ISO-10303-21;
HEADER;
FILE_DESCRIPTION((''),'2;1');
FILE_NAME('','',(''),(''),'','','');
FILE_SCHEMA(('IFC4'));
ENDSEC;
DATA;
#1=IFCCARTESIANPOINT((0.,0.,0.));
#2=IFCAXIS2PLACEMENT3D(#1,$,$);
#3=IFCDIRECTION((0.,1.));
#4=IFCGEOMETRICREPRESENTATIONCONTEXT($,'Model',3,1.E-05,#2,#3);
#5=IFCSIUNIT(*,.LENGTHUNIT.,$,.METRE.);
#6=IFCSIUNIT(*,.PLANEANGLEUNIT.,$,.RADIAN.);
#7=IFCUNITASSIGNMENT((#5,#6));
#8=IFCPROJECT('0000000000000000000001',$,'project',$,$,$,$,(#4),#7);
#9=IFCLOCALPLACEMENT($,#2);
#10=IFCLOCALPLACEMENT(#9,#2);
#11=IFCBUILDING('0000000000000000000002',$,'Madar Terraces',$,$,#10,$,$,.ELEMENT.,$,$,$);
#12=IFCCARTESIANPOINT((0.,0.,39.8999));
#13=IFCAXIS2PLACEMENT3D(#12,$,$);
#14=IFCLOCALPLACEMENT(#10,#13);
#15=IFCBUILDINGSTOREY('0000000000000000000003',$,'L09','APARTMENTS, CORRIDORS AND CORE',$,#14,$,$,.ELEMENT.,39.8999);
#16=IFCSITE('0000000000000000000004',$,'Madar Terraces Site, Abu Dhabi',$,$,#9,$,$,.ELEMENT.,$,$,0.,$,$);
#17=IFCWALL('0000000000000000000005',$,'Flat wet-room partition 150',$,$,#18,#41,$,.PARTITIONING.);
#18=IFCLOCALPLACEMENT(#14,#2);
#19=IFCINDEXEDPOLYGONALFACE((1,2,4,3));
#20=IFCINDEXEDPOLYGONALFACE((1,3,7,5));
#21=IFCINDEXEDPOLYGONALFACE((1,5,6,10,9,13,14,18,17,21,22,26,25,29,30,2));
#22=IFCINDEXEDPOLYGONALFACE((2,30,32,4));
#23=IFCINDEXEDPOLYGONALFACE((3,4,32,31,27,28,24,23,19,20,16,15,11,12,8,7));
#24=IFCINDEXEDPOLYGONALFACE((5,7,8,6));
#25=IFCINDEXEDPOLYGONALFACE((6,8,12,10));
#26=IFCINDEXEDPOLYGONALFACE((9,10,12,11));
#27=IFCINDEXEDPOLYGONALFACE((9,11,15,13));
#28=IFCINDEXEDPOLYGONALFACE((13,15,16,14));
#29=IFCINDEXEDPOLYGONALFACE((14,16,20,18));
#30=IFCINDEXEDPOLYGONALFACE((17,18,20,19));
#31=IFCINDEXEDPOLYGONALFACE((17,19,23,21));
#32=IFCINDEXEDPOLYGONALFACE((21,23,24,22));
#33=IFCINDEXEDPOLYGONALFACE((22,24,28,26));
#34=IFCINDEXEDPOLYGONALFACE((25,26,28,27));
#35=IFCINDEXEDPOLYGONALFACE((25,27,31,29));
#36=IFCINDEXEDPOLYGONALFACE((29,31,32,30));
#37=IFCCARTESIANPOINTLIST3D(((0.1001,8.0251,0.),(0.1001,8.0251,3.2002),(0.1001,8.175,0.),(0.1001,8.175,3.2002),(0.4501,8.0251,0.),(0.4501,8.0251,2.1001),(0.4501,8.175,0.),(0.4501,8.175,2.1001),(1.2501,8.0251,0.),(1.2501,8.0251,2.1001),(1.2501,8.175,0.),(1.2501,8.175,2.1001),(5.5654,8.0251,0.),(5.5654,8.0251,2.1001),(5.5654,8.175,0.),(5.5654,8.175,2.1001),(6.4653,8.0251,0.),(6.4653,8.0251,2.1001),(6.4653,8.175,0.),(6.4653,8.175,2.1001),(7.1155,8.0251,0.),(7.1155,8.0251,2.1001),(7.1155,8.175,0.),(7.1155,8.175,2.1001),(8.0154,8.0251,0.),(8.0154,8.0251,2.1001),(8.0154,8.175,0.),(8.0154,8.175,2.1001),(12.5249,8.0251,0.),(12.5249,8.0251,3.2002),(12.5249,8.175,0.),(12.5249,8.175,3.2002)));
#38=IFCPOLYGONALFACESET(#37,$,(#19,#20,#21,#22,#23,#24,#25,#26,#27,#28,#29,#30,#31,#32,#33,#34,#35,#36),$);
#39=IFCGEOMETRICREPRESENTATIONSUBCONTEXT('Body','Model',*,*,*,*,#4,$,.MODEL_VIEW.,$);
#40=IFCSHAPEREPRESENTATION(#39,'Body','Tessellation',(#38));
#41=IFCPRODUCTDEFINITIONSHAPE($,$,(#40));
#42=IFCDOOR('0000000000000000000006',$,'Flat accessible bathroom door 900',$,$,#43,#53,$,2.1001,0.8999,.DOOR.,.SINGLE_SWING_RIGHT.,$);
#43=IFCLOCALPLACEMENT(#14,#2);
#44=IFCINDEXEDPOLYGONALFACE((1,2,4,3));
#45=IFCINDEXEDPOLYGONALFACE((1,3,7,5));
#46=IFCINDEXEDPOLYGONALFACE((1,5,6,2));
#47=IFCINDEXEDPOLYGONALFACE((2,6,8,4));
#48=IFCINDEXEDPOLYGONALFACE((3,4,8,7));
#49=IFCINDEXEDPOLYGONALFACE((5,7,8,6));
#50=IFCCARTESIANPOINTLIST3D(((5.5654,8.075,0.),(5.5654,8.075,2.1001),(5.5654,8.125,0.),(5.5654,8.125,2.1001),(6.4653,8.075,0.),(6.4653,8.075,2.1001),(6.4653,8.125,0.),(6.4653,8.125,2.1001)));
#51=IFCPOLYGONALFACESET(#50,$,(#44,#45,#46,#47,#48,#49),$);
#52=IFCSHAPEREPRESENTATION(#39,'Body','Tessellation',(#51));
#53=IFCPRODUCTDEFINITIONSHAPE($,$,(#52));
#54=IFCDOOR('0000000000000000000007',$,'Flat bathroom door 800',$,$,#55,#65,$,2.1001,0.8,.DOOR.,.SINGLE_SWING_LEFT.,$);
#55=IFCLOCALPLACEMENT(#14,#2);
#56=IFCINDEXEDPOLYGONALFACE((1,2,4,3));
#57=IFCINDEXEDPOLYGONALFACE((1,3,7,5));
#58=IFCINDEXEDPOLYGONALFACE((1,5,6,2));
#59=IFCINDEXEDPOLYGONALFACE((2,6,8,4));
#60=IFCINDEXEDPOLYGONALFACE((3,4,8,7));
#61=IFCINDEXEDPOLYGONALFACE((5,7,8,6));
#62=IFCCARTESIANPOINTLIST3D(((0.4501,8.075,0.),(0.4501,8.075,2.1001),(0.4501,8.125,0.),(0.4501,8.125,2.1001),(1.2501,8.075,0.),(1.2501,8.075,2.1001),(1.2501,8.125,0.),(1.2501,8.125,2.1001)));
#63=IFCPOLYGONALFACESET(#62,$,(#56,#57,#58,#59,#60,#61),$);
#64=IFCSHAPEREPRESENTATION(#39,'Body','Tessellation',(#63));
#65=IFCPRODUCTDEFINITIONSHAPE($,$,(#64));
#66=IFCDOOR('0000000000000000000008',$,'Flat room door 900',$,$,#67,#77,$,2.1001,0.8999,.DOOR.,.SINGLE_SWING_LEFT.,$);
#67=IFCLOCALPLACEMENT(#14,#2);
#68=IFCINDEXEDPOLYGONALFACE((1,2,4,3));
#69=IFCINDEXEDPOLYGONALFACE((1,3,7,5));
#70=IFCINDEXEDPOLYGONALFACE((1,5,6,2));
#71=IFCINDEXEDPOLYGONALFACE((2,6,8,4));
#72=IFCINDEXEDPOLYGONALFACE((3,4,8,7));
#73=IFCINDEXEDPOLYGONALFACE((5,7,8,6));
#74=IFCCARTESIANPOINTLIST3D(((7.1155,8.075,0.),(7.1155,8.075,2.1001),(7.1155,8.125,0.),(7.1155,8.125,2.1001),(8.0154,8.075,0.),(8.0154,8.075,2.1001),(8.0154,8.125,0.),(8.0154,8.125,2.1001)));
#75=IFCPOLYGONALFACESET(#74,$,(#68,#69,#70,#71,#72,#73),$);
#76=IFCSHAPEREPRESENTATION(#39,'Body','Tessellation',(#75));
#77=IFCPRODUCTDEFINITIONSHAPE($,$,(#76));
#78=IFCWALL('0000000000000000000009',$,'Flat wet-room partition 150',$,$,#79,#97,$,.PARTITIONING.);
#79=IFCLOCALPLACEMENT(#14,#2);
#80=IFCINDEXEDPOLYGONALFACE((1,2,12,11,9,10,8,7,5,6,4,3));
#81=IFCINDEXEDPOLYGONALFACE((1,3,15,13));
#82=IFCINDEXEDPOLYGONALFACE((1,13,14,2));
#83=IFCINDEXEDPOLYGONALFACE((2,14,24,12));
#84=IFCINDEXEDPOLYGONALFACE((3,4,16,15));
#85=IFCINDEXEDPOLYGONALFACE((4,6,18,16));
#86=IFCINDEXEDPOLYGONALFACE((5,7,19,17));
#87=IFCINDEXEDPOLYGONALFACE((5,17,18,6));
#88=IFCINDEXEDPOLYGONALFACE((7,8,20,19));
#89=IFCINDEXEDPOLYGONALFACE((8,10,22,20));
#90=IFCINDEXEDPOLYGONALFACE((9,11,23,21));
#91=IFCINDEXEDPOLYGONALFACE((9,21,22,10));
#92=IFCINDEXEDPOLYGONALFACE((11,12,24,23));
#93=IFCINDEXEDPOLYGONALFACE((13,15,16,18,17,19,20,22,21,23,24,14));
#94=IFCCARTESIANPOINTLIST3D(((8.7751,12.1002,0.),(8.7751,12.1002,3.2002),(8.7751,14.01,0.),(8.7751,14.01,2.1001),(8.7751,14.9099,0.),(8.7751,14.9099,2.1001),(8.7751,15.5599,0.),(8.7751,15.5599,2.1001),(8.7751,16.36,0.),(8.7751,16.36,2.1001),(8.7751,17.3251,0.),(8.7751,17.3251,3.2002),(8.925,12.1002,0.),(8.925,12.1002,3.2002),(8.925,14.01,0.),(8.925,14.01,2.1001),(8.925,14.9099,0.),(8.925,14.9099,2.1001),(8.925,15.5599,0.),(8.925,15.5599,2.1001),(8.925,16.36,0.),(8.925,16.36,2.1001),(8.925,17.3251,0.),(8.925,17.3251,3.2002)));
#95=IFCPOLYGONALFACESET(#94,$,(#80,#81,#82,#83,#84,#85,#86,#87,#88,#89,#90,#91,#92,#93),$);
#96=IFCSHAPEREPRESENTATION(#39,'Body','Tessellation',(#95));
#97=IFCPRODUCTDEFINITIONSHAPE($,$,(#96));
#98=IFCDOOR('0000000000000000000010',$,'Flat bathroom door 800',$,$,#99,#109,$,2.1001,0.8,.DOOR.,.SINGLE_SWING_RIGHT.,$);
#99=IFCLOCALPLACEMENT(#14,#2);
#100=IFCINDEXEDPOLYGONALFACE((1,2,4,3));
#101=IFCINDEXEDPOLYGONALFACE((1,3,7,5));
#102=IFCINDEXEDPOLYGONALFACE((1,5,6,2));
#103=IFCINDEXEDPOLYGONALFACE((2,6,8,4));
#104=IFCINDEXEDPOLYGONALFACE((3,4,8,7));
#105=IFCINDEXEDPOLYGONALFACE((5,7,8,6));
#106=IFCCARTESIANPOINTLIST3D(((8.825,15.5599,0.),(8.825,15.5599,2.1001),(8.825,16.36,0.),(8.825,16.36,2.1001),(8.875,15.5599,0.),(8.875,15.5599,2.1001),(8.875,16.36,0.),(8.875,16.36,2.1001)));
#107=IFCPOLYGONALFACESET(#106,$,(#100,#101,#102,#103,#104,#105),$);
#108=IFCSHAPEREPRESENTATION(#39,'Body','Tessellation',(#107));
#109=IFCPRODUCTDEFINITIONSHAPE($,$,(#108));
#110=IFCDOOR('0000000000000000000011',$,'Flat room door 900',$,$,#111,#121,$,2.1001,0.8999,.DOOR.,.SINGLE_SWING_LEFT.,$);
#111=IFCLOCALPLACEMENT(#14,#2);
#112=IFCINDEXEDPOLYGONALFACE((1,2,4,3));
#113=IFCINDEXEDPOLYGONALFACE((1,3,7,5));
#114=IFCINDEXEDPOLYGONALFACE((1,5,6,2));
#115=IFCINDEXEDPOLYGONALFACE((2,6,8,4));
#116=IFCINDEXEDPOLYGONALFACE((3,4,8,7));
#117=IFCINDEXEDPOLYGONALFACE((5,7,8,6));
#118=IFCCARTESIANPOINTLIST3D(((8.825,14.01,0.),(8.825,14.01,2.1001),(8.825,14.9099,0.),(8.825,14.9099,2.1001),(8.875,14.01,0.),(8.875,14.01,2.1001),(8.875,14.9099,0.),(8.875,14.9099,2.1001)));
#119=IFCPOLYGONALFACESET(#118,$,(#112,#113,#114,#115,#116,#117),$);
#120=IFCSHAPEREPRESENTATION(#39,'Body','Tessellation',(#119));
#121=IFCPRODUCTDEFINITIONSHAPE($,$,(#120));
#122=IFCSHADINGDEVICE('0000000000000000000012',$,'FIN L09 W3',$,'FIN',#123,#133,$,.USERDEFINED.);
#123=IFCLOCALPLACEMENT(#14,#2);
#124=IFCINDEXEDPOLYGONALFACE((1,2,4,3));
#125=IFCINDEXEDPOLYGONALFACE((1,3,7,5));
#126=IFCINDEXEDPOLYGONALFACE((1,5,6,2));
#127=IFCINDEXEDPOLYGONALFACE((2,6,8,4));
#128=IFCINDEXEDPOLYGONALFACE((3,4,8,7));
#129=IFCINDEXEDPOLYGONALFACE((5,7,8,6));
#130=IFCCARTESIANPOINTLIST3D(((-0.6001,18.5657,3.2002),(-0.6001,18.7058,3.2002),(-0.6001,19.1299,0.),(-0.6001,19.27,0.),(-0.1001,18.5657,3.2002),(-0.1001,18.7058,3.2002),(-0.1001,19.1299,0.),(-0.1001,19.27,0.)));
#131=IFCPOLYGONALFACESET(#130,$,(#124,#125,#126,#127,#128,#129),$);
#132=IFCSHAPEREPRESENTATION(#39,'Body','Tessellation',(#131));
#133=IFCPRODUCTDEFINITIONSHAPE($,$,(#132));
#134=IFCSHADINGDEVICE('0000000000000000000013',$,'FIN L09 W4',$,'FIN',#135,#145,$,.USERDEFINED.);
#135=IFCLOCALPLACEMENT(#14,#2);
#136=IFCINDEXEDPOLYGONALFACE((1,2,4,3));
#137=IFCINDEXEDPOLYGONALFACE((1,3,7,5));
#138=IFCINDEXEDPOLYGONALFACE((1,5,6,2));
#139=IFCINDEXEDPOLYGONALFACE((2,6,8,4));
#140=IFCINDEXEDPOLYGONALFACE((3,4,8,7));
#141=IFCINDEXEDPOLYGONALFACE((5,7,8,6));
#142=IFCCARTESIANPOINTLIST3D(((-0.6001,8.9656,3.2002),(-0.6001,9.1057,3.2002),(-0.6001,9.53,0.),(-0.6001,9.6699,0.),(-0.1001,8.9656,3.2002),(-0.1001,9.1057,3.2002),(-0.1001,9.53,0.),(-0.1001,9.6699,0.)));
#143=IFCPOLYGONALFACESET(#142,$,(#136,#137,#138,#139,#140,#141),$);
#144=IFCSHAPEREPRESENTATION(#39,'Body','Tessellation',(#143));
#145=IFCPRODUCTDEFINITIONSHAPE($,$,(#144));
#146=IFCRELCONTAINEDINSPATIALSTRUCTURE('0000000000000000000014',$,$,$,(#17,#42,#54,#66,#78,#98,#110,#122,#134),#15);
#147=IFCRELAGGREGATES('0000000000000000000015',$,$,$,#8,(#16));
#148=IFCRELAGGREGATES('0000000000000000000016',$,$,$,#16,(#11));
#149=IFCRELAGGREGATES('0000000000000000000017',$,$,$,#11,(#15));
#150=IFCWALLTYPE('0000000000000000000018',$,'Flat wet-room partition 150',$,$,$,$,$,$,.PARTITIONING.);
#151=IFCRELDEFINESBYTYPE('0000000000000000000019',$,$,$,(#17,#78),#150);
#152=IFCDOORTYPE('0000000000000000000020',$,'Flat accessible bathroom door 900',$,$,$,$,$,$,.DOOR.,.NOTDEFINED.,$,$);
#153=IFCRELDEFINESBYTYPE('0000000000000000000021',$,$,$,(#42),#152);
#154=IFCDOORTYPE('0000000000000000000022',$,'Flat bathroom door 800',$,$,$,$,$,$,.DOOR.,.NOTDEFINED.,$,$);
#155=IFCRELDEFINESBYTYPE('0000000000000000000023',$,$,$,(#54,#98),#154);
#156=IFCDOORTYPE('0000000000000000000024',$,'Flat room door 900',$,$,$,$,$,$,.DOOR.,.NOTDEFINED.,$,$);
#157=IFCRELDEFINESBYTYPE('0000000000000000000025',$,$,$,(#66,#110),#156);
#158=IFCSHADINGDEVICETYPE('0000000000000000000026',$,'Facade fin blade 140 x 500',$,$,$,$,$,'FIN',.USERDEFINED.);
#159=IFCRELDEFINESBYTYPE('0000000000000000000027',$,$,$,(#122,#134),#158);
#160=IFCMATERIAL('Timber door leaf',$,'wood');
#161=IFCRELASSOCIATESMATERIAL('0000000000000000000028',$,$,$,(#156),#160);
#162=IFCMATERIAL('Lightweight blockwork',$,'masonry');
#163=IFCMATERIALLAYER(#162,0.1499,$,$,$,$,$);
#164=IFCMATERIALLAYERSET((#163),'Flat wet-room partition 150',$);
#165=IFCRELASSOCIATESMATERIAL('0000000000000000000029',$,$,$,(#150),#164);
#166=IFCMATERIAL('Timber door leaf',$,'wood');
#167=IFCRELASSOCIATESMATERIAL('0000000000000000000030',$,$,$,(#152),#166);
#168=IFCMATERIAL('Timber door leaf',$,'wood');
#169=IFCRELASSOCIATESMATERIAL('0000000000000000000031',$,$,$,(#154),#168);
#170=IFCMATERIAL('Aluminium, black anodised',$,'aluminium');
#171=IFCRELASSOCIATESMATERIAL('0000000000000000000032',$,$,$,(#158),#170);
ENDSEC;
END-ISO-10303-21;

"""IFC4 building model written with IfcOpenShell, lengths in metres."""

from ifc_helpers import new_model, si_unit, direction, frame, frame_2d, origin, place, context, subcontext, project, spatial, polyline, rectangle, outline, extrude, material, layer, layer_set, type_object, element, fill, save


model = new_model("IFC4")

# Units and contexts
model_context = context("Model", 3, precision=1e-05, world=origin(), true_north=direction((0.0, 1.0)))
body_context = subcontext(model_context, "Body", "Model", "MODEL_VIEW")
ifc_project = project(units=[si_unit("LENGTHUNIT", "METRE"), si_unit("PLANEANGLEUNIT", "RADIAN")], contexts=[model_context])

# Site, building, storey
site_placement = place(None, origin())
site = spatial("IfcSite", under=ifc_project, at=site_placement, Name="Madar Terraces Site, Abu Dhabi", CompositionType="ELEMENT", RefElevation=0.0)
building_placement = place(site_placement, origin())
building = spatial("IfcBuilding", under=site, at=building_placement, Name="Madar Terraces", CompositionType="ELEMENT")
storey_placement = place(building_placement, frame((0.0, 0.0, 39.8999)))
storey = spatial("IfcBuildingStorey", under=building, at=storey_placement, Name="L09", Description="APARTMENTS, CORRIDORS AND CORE", CompositionType="ELEMENT", Elevation=39.8999)

# Shared definitions
ifc_material_1 = material(Name="Timber door leaf", Category="wood")
door_type_1 = type_object("IfcDoorType", Name="Flat room door 900", OperationType="NOTDEFINED", PredefinedType="DOOR", material=ifc_material_1)

# Shared definitions
ifc_material_2 = material(Name="Lightweight blockwork", Category="masonry")
ifc_layer_1 = layer(ifc_material_2, 0.1499)
ifc_layer_set_1 = layer_set([ifc_layer_1], Name="Flat wet-room partition 150")
wall_type_1 = type_object("IfcWallType", Name="Flat wet-room partition 150", PredefinedType="PARTITIONING", material=ifc_layer_set_1)

# Walls, openings, doors
wall_1_placement = place(storey_placement, frame((0.1001, 8.1001, 0.0), z_axis=(0.0, 0.0, 1.0), x_axis=(1.0, 0.0, 0.0)))
wall_1 = element("IfcWall", 1, at=wall_1_placement, inside=storey, type_object=wall_type_1, Name="Flat wet-room partition 150", PredefinedType="PARTITIONING", context=body_context, shape_type="SweptSolid", body=[
    extrude(rectangle(XDim=12.4248, YDim=0.1499, at=frame_2d((6.2124, 0.0))), origin(), (0.0, 0.0, 1.0), 3.2002),
])
opening_1_placement = place(wall_1_placement, frame((7.0154, 0.0, 0.0)))
opening_1 = element("IfcOpeningElement", 2, at=opening_1_placement, cuts=wall_1, PredefinedType="OPENING", context=body_context, shape_type="SweptSolid", body=[
    extrude(rectangle(XDim=0.8999, YDim=2.1001, at=frame_2d((0.45, 1.05))), frame((0.0, 0.085, 0.0), z_axis=(0.0, -1.0, 0.0), x_axis=(1.0, 0.0, 0.0)), (0.0, 0.0, 1.0), 0.1699),
])
opening_2_placement = place(wall_1_placement, frame((5.4653, 0.0, 0.0)))
opening_2 = element("IfcOpeningElement", 3, at=opening_2_placement, cuts=wall_1, PredefinedType="OPENING", context=body_context, shape_type="SweptSolid", body=[
    extrude(rectangle(XDim=0.8999, YDim=2.1001, at=frame_2d((0.45, 1.05))), frame((0.0, 0.085, 0.0), z_axis=(0.0, -1.0, 0.0), x_axis=(1.0, 0.0, 0.0)), (0.0, 0.0, 1.0), 0.1699),
])
opening_3_placement = place(wall_1_placement, frame((0.3501, 0.0, 0.0)))
opening_3 = element("IfcOpeningElement", 4, at=opening_3_placement, cuts=wall_1, PredefinedType="OPENING", context=body_context, shape_type="SweptSolid", body=[
    extrude(rectangle(XDim=0.8, YDim=2.1001, at=frame_2d((0.3999, 1.05))), frame((0.0, 0.085, 0.0), z_axis=(0.0, -1.0, 0.0), x_axis=(1.0, 0.0, 0.0)), (0.0, 0.0, 1.0), 0.1699),
])
ifc_material_3 = material(Name="Timber door leaf", Category="wood")
door_type_2 = type_object("IfcDoorType", Name="Flat accessible bathroom door 900", OperationType="NOTDEFINED", PredefinedType="DOOR", material=ifc_material_3)
door_1_placement = place(opening_2_placement, origin())
door_1 = element("IfcDoor", 5, at=door_1_placement, inside=storey, type_object=door_type_2, Name="Flat accessible bathroom door 900", OperationType="SINGLE_SWING_RIGHT", OverallHeight=2.1001, OverallWidth=0.8999, PredefinedType="DOOR", context=body_context, shape_type="SweptSolid", body=[
    extrude(rectangle(XDim=0.8999, YDim=2.1001, at=frame_2d((0.45, 1.05))), frame((0.0, 0.0249, 0.0), z_axis=(0.0, -1.0, 0.0), x_axis=(1.0, 0.0, 0.0)), (0.0, 0.0, 1.0), 0.05),
])
fill(opening_2, door_1)
ifc_material_4 = material(Name="Timber door leaf", Category="wood")
door_type_3 = type_object("IfcDoorType", Name="Flat bathroom door 800", OperationType="NOTDEFINED", PredefinedType="DOOR", material=ifc_material_4)
door_2_placement = place(opening_3_placement, origin())
door_2 = element("IfcDoor", 6, at=door_2_placement, inside=storey, type_object=door_type_3, Name="Flat bathroom door 800", OperationType="SINGLE_SWING_LEFT", OverallHeight=2.1001, OverallWidth=0.8, PredefinedType="DOOR", context=body_context, shape_type="SweptSolid", body=[
    extrude(rectangle(XDim=0.8, YDim=2.1001, at=frame_2d((0.3999, 1.05))), frame((0.0, 0.0249, 0.0), z_axis=(0.0, -1.0, 0.0), x_axis=(1.0, 0.0, 0.0)), (0.0, 0.0, 1.0), 0.05),
])
fill(opening_3, door_2)
door_3_placement = place(opening_1_placement, origin())
door_3 = element("IfcDoor", 7, at=door_3_placement, inside=storey, type_object=door_type_1, Name="Flat room door 900", OperationType="SINGLE_SWING_LEFT", OverallHeight=2.1001, OverallWidth=0.8999, PredefinedType="DOOR", context=body_context, shape_type="SweptSolid", body=[
    extrude(rectangle(XDim=0.8999, YDim=2.1001, at=frame_2d((0.45, 1.05))), frame((0.0, 0.0249, 0.0), z_axis=(0.0, -1.0, 0.0), x_axis=(1.0, 0.0, 0.0)), (0.0, 0.0, 1.0), 0.05),
])
fill(opening_1, door_3)
wall_2_placement = place(storey_placement, frame((8.8501, 17.325, 0.0), z_axis=(0.0, 0.0, 1.0), x_axis=(0.0, -1.0, 0.0)))
wall_2 = element("IfcWall", 8, at=wall_2_placement, inside=storey, type_object=wall_type_1, Name="Flat wet-room partition 150", PredefinedType="PARTITIONING", context=body_context, shape_type="SweptSolid", body=[
    extrude(rectangle(XDim=5.2249, YDim=0.1499, at=frame_2d((2.6123, 0.0))), origin(), (0.0, 0.0, 1.0), 3.2002),
])
opening_4_placement = place(wall_2_placement, frame((0.9651, 0.0, 0.0)))
opening_4 = element("IfcOpeningElement", 9, at=opening_4_placement, cuts=wall_2, PredefinedType="OPENING", context=body_context, shape_type="SweptSolid", body=[
    extrude(rectangle(XDim=0.8, YDim=2.1001, at=frame_2d((0.3999, 1.05))), frame((0.0, 0.085, 0.0), z_axis=(0.0, -1.0, 0.0), x_axis=(1.0, 0.0, 0.0)), (0.0, 0.0, 1.0), 0.1699),
])
opening_5_placement = place(wall_2_placement, frame((2.415, 0.0, 0.0)))
opening_5 = element("IfcOpeningElement", 10, at=opening_5_placement, cuts=wall_2, PredefinedType="OPENING", context=body_context, shape_type="SweptSolid", body=[
    extrude(rectangle(XDim=0.8999, YDim=2.1001, at=frame_2d((0.45, 1.05))), frame((0.0, 0.085, 0.0), z_axis=(0.0, -1.0, 0.0), x_axis=(1.0, 0.0, 0.0)), (0.0, 0.0, 1.0), 0.1699),
])
door_4_placement = place(opening_4_placement, origin())
door_4 = element("IfcDoor", 11, at=door_4_placement, inside=storey, type_object=door_type_3, Name="Flat bathroom door 800", OperationType="SINGLE_SWING_RIGHT", OverallHeight=2.1001, OverallWidth=0.8, PredefinedType="DOOR", context=body_context, shape_type="SweptSolid", body=[
    extrude(rectangle(XDim=0.8, YDim=2.1001, at=frame_2d((0.3999, 1.05))), frame((0.0, 0.0249, 0.0), z_axis=(0.0, -1.0, 0.0), x_axis=(1.0, 0.0, 0.0)), (0.0, 0.0, 1.0), 0.05),
])
fill(opening_4, door_4)
door_5_placement = place(opening_5_placement, origin())
door_5 = element("IfcDoor", 12, at=door_5_placement, inside=storey, type_object=door_type_1, Name="Flat room door 900", OperationType="SINGLE_SWING_LEFT", OverallHeight=2.1001, OverallWidth=0.8999, PredefinedType="DOOR", context=body_context, shape_type="SweptSolid", body=[
    extrude(rectangle(XDim=0.8999, YDim=2.1001, at=frame_2d((0.45, 1.05))), frame((0.0, 0.0249, 0.0), z_axis=(0.0, -1.0, 0.0), x_axis=(1.0, 0.0, 0.0)), (0.0, 0.0, 1.0), 0.05),
])
fill(opening_5, door_5)

# Shading devices
ifc_material_5 = material(Name="Aluminium, black anodised", Category="aluminium")
shading_device_type = type_object("IfcShadingDeviceType", Name="Facade fin blade 140 x 500", ElementType="FIN", PredefinedType="USERDEFINED", material=ifc_material_5)
shading_device_1_placement = place(storey_placement, frame((-0.3501, 19.27, 0.0), z_axis=(0.0, 0.0, 1.0), x_axis=(0.0, -1.0, 0.0)))
element("IfcShadingDevice", 13, at=shading_device_1_placement, inside=storey, type_object=shading_device_type, Name="FIN L09 W3", ObjectType="FIN", PredefinedType="USERDEFINED", context=body_context, shape_type="SweptSolid", body=[
    extrude(outline(polyline([(0.0, 0.0), (0.1401, 0.0), (0.7043, 3.2002), (0.5642, 3.2002), (0.0, 0.0)])), frame((0.0, 0.25, 0.0), z_axis=(0.0, -1.0, 0.0), x_axis=(1.0, 0.0, 0.0)), (0.0, 0.0, 1.0), 0.5),
])
shading_device_2_placement = place(storey_placement, frame((-0.3501, 9.6699, 0.0), z_axis=(0.0, 0.0, 1.0), x_axis=(0.0, -1.0, 0.0)))
element("IfcShadingDevice", 14, at=shading_device_2_placement, inside=storey, type_object=shading_device_type, Name="FIN L09 W4", ObjectType="FIN", PredefinedType="USERDEFINED", context=body_context, shape_type="SweptSolid", body=[
    extrude(outline(polyline([(0.0, 0.0), (0.1399, 0.0), (0.7043, 3.2002), (0.5642, 3.2002), (0.0, 0.0)])), frame((0.0, 0.25, 0.0), z_axis=(0.0, -1.0, 0.0), x_axis=(1.0, 0.0, 0.0)), (0.0, 0.0, 1.0), 0.5),
])

save(model, "model.ifc")
